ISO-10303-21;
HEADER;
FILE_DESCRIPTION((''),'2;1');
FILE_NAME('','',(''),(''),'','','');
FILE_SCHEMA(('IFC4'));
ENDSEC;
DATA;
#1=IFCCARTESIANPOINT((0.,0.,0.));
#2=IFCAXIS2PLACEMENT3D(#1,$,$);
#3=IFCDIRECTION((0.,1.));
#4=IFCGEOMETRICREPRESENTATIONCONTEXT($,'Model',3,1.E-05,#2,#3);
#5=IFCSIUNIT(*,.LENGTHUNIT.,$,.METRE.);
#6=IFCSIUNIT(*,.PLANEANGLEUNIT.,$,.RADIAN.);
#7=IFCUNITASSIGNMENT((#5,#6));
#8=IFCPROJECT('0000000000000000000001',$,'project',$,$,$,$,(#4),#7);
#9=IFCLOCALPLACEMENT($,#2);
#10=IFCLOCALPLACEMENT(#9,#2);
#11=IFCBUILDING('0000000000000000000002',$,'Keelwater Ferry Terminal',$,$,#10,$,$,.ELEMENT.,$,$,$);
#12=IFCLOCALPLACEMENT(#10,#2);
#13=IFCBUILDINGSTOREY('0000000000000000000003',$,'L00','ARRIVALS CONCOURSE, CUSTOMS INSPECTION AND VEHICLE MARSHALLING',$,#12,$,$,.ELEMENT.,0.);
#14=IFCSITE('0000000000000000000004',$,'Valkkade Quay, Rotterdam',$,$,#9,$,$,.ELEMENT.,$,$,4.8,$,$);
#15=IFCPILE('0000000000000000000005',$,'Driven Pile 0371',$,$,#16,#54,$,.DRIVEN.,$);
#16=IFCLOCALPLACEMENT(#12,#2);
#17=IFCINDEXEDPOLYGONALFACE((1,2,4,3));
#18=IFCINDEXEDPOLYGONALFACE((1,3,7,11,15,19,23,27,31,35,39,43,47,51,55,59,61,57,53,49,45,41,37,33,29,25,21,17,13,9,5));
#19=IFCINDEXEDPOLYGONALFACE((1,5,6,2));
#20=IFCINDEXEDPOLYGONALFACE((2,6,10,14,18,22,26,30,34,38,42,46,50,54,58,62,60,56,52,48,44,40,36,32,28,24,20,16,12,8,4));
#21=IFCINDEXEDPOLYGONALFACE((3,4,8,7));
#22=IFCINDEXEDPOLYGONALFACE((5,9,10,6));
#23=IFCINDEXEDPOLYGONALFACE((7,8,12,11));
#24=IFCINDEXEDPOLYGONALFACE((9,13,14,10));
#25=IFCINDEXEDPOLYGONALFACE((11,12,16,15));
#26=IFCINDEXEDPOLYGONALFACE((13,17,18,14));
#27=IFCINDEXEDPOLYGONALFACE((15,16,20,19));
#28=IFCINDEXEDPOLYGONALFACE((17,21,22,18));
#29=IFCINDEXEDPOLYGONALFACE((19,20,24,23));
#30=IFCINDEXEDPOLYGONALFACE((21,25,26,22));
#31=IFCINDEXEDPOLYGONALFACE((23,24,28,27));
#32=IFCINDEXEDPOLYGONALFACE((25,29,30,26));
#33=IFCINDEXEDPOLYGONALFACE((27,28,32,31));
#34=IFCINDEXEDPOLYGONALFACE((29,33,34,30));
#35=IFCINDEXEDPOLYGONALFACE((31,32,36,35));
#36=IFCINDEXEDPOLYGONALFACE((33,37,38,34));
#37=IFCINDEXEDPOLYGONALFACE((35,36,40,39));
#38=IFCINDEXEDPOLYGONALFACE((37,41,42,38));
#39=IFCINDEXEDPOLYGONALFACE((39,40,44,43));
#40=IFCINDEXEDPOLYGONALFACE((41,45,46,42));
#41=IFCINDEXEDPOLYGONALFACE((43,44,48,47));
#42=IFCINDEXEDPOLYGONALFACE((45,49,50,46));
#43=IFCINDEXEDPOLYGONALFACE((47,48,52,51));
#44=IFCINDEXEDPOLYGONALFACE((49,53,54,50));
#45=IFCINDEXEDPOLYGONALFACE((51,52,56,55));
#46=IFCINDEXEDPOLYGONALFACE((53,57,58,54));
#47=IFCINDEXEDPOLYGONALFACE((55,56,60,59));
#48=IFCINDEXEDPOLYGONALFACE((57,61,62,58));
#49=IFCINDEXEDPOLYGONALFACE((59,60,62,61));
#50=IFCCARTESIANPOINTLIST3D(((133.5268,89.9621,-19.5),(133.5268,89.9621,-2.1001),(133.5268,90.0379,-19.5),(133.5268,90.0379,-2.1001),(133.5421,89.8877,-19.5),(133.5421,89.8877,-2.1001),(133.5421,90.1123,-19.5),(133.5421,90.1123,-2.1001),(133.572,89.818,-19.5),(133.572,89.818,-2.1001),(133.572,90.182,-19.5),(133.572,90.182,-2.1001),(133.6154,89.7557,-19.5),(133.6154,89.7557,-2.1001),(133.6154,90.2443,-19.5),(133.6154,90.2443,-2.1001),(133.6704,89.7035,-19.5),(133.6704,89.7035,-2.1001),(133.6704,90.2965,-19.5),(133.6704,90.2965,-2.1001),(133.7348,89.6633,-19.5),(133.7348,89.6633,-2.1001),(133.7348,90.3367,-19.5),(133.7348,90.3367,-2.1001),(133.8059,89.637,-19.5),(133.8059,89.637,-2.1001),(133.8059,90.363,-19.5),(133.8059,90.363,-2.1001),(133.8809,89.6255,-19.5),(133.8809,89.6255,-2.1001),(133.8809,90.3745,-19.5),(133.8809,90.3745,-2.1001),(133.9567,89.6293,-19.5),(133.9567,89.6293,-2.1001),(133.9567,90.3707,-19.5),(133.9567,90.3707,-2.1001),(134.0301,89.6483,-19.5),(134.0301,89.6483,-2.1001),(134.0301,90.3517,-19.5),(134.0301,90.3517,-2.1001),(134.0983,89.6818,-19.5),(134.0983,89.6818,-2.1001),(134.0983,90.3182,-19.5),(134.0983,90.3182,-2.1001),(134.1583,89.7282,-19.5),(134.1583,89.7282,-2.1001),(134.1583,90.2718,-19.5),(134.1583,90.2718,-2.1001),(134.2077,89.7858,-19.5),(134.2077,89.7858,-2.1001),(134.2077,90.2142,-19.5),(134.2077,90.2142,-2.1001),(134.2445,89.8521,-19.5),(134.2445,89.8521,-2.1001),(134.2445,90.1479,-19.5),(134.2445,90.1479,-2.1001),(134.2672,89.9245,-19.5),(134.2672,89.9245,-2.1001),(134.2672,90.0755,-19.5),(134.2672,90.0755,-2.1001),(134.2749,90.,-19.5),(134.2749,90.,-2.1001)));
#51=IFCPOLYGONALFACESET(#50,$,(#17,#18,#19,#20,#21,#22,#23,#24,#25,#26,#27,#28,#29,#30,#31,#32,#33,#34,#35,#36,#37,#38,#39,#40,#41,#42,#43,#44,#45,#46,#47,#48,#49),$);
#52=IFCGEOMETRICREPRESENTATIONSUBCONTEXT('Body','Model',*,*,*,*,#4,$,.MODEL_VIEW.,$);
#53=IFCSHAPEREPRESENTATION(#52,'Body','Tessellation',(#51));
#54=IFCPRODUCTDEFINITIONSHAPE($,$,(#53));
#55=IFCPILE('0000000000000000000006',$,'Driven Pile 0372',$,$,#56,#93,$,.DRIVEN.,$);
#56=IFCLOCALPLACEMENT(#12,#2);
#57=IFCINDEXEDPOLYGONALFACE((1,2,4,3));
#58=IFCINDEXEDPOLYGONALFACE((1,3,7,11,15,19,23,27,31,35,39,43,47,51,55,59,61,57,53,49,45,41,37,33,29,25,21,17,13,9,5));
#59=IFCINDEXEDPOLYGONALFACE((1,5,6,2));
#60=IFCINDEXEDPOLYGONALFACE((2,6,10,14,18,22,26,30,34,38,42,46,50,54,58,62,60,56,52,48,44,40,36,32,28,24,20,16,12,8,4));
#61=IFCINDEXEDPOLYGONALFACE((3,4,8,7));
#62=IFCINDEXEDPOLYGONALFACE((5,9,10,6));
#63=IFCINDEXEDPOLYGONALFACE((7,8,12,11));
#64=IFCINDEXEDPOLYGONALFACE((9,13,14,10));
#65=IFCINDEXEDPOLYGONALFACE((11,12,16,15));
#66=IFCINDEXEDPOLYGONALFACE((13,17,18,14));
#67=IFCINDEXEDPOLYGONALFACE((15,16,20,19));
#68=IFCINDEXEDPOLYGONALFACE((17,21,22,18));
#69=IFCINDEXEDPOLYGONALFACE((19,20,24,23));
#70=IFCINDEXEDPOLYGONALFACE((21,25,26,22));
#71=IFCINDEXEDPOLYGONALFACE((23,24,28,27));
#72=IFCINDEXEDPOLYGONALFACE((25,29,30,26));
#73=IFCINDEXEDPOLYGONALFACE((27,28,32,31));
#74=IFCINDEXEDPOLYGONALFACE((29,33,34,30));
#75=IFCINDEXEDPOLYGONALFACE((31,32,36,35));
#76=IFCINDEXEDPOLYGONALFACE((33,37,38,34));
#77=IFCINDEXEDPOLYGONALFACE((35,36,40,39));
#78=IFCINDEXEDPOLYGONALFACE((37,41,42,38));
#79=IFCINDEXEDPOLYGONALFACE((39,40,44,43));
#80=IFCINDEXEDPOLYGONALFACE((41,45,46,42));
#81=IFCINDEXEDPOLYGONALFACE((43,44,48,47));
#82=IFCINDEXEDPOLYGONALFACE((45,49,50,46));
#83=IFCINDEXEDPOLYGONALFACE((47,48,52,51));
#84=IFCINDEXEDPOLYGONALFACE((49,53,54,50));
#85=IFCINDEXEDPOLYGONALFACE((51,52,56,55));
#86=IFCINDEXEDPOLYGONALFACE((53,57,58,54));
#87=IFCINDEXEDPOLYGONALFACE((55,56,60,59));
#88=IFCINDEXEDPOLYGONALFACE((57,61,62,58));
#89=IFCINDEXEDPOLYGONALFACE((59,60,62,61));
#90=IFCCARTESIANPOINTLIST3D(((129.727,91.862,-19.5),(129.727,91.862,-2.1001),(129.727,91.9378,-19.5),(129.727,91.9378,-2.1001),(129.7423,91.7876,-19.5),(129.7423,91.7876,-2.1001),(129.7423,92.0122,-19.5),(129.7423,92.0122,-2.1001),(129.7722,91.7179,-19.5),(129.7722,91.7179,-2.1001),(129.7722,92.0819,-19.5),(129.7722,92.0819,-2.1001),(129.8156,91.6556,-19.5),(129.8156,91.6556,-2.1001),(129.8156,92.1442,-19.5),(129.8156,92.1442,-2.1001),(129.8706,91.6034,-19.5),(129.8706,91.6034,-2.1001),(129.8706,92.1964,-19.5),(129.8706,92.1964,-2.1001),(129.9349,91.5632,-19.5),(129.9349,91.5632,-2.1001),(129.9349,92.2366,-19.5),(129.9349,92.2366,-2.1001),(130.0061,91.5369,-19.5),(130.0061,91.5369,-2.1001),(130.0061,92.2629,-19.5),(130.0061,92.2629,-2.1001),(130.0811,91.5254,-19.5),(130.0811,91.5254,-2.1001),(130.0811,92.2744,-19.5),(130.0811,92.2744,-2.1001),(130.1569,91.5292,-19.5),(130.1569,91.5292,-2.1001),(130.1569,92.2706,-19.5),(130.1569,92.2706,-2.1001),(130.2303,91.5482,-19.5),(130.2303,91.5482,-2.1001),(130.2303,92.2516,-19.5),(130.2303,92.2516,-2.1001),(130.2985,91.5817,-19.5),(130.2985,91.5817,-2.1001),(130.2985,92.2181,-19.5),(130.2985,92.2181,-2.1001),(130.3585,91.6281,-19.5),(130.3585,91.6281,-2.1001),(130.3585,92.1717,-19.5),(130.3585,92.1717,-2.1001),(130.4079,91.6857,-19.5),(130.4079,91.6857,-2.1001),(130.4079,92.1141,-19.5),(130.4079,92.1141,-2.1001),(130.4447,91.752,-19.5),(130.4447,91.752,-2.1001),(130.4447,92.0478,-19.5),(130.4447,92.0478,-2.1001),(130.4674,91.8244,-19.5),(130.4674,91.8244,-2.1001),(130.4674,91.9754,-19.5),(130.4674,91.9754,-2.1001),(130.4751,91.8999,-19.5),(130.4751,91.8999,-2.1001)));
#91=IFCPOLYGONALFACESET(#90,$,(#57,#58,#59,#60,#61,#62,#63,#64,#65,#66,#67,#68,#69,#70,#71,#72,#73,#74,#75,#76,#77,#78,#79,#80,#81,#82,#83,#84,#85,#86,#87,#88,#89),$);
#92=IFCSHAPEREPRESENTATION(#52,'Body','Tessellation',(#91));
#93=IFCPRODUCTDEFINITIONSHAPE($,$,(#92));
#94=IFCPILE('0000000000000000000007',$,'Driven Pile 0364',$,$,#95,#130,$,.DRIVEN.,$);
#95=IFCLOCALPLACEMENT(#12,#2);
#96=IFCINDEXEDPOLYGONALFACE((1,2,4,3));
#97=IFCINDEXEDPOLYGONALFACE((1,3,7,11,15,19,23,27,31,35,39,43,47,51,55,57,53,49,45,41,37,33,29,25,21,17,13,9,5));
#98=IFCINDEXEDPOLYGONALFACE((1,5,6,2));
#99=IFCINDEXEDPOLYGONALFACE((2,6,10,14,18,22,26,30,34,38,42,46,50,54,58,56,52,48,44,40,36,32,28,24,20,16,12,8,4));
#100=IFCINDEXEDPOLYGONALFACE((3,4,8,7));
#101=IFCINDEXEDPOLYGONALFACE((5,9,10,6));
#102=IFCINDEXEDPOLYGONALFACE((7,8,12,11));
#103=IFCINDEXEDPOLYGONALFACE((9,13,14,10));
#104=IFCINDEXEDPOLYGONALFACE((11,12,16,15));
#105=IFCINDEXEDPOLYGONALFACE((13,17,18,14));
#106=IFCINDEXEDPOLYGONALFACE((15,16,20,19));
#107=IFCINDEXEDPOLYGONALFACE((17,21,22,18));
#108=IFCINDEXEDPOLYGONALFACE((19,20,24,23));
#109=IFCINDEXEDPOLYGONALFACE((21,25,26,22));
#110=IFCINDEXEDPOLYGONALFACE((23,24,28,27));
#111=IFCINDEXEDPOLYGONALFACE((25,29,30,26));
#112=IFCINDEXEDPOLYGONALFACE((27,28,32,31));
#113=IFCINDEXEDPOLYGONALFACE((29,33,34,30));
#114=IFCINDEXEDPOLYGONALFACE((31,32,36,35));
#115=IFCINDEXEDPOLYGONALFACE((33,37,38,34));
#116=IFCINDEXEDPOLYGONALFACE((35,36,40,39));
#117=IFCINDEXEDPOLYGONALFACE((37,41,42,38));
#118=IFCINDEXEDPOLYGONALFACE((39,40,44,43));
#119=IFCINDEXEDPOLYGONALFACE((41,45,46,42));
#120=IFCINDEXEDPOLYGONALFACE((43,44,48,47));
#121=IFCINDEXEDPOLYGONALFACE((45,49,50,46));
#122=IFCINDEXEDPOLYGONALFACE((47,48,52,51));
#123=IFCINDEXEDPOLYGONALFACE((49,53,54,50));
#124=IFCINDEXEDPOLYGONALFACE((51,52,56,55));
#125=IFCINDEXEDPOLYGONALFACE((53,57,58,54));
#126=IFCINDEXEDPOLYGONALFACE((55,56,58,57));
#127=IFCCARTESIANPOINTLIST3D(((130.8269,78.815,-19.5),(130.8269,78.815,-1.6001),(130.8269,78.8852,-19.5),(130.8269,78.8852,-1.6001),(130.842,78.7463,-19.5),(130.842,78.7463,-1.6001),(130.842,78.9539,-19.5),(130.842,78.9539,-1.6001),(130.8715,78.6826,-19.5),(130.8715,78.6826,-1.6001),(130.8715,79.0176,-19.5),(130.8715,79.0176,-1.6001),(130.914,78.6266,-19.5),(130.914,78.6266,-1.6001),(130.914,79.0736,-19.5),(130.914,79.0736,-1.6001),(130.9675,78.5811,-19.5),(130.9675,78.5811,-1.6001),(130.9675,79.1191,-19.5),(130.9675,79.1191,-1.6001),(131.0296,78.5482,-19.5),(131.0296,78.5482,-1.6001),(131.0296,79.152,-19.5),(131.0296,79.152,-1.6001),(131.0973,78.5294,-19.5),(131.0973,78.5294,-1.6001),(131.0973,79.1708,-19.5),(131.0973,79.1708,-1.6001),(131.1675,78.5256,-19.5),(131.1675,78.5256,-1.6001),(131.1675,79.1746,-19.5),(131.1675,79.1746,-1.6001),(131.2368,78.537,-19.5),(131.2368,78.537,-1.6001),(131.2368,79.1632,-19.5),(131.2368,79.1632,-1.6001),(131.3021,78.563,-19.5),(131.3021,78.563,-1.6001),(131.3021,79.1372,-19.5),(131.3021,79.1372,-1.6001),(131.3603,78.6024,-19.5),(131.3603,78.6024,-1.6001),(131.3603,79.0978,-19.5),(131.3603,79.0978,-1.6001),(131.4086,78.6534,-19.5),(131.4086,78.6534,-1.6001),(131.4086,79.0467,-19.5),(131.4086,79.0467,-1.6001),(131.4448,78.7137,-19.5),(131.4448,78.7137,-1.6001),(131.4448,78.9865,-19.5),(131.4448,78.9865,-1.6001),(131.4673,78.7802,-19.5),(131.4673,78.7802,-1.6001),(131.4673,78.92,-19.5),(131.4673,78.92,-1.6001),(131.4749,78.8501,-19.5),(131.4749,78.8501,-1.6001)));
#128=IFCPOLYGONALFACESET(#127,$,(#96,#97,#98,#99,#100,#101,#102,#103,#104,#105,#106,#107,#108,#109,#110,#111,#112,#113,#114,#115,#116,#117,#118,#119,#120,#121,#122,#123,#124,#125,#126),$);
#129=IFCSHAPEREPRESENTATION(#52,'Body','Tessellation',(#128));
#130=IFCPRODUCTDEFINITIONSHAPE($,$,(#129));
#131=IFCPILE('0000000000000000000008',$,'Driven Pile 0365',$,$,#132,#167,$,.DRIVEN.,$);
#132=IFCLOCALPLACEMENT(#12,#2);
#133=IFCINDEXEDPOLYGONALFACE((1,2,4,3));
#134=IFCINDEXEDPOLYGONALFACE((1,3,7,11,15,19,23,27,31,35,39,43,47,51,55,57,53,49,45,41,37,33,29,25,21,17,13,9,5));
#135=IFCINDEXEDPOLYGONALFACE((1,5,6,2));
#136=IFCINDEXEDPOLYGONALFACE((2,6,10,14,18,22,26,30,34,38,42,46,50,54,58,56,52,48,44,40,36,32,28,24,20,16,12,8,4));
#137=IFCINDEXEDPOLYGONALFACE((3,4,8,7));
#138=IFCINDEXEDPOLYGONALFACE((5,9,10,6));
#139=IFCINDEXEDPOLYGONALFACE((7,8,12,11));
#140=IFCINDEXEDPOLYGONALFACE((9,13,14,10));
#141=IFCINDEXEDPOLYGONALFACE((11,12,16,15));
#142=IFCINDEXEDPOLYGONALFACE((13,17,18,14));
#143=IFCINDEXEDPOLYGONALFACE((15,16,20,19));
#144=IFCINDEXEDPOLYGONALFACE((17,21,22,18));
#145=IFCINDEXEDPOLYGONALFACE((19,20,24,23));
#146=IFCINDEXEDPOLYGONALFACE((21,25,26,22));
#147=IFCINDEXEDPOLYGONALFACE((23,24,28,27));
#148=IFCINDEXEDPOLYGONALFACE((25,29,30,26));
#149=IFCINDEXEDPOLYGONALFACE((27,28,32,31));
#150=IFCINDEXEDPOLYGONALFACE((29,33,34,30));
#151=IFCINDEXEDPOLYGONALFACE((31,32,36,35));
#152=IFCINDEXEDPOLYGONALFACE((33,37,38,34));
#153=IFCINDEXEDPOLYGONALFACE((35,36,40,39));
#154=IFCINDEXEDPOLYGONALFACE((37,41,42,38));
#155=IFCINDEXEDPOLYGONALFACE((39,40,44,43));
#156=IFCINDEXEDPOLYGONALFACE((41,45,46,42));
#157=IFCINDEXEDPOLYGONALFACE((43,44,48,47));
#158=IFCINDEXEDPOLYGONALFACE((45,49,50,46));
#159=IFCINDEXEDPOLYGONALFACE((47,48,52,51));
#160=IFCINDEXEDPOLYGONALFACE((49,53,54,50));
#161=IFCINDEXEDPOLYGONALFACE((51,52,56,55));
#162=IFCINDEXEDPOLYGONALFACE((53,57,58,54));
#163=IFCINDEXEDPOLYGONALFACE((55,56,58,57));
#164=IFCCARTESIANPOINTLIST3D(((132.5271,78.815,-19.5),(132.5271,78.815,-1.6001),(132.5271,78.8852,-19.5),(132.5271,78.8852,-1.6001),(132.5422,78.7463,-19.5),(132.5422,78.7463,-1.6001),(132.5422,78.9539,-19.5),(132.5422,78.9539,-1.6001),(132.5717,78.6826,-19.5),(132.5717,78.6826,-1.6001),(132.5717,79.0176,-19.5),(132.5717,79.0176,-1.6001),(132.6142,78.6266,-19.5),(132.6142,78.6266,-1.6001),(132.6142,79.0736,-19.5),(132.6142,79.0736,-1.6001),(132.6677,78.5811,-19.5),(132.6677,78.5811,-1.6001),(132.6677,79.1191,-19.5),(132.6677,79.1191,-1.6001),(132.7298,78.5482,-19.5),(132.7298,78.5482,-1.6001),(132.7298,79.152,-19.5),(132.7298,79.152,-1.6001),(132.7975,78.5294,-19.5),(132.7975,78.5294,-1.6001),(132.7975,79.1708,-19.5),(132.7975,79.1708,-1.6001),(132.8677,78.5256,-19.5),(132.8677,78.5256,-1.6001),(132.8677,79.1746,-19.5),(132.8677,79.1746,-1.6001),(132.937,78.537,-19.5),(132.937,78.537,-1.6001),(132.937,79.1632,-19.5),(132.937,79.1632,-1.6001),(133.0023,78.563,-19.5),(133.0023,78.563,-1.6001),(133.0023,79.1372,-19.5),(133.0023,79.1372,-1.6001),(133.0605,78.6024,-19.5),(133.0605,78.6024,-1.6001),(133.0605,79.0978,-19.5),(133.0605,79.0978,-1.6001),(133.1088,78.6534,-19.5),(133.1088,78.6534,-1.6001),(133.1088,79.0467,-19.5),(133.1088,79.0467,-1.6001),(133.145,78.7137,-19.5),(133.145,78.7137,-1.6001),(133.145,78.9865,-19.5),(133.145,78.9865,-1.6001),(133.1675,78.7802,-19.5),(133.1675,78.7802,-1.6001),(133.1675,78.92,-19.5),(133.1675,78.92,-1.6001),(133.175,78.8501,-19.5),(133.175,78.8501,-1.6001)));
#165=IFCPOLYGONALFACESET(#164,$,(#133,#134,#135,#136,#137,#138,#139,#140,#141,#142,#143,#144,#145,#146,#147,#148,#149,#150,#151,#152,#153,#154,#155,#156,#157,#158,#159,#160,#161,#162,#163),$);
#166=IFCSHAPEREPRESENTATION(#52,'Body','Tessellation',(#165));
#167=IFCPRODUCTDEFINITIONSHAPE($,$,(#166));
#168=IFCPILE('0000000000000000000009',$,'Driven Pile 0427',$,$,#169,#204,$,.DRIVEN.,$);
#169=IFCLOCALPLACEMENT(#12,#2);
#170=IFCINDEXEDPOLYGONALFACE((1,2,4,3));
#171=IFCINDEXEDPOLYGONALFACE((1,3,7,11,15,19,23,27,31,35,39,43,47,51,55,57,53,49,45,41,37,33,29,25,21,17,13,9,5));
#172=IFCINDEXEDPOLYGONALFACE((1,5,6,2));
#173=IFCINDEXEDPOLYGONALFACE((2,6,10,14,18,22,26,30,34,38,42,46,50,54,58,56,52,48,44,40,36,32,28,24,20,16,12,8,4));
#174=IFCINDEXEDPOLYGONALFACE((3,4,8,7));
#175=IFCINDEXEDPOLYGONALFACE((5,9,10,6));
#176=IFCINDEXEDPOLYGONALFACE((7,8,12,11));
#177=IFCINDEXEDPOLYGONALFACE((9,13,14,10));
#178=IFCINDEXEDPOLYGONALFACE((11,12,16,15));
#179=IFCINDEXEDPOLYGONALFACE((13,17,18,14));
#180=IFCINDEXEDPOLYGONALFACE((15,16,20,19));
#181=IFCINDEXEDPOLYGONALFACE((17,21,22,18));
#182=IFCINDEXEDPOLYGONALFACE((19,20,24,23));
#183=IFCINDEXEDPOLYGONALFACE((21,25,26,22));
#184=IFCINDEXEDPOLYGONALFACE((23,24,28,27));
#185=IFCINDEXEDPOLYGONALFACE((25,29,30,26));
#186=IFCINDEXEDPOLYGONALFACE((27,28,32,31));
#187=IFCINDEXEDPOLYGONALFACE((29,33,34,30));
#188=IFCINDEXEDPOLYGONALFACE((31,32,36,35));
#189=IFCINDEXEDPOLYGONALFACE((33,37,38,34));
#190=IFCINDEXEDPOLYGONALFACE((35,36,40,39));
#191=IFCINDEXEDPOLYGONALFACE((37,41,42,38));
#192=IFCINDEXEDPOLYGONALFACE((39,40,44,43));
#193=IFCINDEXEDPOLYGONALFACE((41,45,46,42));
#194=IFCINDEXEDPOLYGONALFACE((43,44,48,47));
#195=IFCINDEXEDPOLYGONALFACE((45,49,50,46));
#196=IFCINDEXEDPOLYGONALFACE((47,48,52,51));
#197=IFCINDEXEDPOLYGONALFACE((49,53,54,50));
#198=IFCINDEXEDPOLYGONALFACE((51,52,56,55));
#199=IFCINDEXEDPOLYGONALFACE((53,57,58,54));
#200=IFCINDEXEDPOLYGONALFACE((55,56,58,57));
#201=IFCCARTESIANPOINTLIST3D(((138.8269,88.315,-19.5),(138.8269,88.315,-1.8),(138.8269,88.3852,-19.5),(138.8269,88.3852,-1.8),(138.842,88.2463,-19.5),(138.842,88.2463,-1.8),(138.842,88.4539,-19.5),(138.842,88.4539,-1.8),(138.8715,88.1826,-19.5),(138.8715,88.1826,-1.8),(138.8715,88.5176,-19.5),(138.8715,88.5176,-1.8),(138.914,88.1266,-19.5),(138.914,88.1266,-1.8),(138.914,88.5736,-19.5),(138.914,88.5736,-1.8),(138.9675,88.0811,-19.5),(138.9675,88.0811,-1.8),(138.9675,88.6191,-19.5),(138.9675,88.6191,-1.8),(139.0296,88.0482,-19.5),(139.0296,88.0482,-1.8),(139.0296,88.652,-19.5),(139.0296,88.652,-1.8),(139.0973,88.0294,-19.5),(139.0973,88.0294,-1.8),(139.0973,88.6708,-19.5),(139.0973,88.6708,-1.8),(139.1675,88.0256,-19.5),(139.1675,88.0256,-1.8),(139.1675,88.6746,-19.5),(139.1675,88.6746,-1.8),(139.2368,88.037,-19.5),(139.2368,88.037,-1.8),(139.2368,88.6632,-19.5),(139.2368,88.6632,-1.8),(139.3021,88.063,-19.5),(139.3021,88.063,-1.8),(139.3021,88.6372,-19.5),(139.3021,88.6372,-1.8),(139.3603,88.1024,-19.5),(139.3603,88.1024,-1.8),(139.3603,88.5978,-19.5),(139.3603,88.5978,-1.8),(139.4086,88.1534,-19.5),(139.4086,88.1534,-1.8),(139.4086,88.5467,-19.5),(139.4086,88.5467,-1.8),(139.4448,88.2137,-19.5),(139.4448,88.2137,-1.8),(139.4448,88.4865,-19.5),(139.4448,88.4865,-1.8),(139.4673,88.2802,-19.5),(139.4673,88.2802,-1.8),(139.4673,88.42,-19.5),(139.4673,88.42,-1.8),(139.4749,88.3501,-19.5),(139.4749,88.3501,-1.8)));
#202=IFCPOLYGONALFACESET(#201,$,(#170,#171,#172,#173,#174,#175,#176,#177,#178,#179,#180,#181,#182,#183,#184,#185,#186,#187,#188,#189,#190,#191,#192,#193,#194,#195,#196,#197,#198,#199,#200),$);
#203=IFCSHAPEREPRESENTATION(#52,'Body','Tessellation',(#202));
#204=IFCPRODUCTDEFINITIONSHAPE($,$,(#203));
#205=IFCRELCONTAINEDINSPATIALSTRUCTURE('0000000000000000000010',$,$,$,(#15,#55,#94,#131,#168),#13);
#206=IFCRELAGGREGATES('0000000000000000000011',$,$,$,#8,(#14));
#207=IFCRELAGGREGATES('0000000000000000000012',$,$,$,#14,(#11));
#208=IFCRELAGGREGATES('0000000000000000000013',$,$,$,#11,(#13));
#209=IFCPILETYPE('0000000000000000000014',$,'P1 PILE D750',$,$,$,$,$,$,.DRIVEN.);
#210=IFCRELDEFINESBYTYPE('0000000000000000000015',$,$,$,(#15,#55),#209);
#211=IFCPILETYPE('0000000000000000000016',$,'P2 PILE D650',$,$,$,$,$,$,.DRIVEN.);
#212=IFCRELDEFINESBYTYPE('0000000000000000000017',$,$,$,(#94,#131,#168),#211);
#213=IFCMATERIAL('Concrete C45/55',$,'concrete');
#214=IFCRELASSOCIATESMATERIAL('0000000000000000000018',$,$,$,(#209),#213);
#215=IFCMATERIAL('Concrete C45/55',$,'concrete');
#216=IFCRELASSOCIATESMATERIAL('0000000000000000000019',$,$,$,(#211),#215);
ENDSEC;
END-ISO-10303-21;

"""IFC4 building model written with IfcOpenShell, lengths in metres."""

from ifc_helpers import new_model, si_unit, direction, frame, origin, origin_2d, place, context, subcontext, project, spatial, circle, extrude, material, material_profile, profile_set, type_object, element, save


model = new_model("IFC4")

# Units and contexts
model_context = context("Model", 3, precision=1e-05, world=origin(), true_north=direction((0.0, 1.0)))
body_context = subcontext(model_context, "Body", "Model", "MODEL_VIEW")
ifc_project = project(units=[si_unit("LENGTHUNIT", "METRE"), si_unit("PLANEANGLEUNIT", "RADIAN")], contexts=[model_context])

# Site, building, storey
site_placement = place(None, origin())
site = spatial("IfcSite", under=ifc_project, at=site_placement, Name="Valkkade Quay, Rotterdam", CompositionType="ELEMENT", RefElevation=4.8)
building_placement = place(site_placement, origin())
building = spatial("IfcBuilding", under=site, at=building_placement, Name="Keelwater Ferry Terminal", CompositionType="ELEMENT")
storey_placement = place(building_placement, origin())
storey = spatial("IfcBuildingStorey", under=building, at=storey_placement, Name="L00", Description="ARRIVALS CONCOURSE, CUSTOMS INSPECTION AND VEHICLE MARSHALLING", CompositionType="ELEMENT", Elevation=0.0)

# Piles
ifc_material_1 = material(Name="Concrete C45/55", Category="concrete")
ifc_material_profile_1 = material_profile(ifc_material_1, circle(Radius=0.375, at=origin_2d()), Name="PILE D750")
ifc_profile_set_1 = profile_set([ifc_material_profile_1], Name="Concrete C45/55")
pile_type_1 = type_object("IfcPileType", Name="P1 PILE D750", PredefinedType="DRIVEN", material=ifc_profile_set_1)
for number, where, z_axis, x_axis, name in (
    (1, (133.8999, 90.0, -2.1001), (0.0, 0.0, -1.0), (1.0, 0.0, 0.0), "Driven Pile 0371"),
    (2, (130.1001, 91.8999, -2.1001), (0.0, 0.0, -1.0), (1.0, 0.0, 0.0), "Driven Pile 0372"),
):
    element("IfcPile", number, at=place(storey_placement, frame(where, z_axis=z_axis, x_axis=x_axis)), inside=storey, type_object=pile_type_1, Name=name, PredefinedType="DRIVEN", context=body_context, shape_type="SweptSolid", body=[
        extrude(circle(Radius=0.375, at=origin_2d()), origin(), (0.0, 0.0, 1.0), 17.3999),
    ])
ifc_material_2 = material(Name="Concrete C45/55", Category="concrete")
ifc_material_profile_2 = material_profile(ifc_material_2, circle(Radius=0.325, at=origin_2d()), Name="PILE D650")
ifc_profile_set_2 = profile_set([ifc_material_profile_2], Name="Concrete C45/55")
pile_type_2 = type_object("IfcPileType", Name="P2 PILE D650", PredefinedType="DRIVEN", material=ifc_profile_set_2)
for number, where, z_axis, x_axis, name in (
    (3, (131.1499, 78.8501, -1.6001), (0.0, 0.0, -1.0), (1.0, 0.0, 0.0), "Driven Pile 0364"),
    (4, (132.8501, 78.8501, -1.6001), (0.0, 0.0, -1.0), (1.0, 0.0, 0.0), "Driven Pile 0365"),
):
    element("IfcPile", number, at=place(storey_placement, frame(where, z_axis=z_axis, x_axis=x_axis)), inside=storey, type_object=pile_type_2, Name=name, PredefinedType="DRIVEN", context=body_context, shape_type="SweptSolid", body=[
        extrude(circle(Radius=0.325, at=origin_2d()), origin(), (0.0, 0.0, 1.0), 17.8999),
    ])
for number, where, z_axis, x_axis, name in (
    (5, (139.1499, 88.3501, -1.8), (0.0, 0.0, -1.0), (1.0, 0.0, 0.0), "Driven Pile 0427"),
):
    element("IfcPile", number, at=place(storey_placement, frame(where, z_axis=z_axis, x_axis=x_axis)), inside=storey, type_object=pile_type_2, Name=name, PredefinedType="DRIVEN", context=body_context, shape_type="SweptSolid", body=[
        extrude(circle(Radius=0.325, at=origin_2d()), origin(), (0.0, 0.0, 1.0), 17.7),
    ])

save(model, "model.ifc")
